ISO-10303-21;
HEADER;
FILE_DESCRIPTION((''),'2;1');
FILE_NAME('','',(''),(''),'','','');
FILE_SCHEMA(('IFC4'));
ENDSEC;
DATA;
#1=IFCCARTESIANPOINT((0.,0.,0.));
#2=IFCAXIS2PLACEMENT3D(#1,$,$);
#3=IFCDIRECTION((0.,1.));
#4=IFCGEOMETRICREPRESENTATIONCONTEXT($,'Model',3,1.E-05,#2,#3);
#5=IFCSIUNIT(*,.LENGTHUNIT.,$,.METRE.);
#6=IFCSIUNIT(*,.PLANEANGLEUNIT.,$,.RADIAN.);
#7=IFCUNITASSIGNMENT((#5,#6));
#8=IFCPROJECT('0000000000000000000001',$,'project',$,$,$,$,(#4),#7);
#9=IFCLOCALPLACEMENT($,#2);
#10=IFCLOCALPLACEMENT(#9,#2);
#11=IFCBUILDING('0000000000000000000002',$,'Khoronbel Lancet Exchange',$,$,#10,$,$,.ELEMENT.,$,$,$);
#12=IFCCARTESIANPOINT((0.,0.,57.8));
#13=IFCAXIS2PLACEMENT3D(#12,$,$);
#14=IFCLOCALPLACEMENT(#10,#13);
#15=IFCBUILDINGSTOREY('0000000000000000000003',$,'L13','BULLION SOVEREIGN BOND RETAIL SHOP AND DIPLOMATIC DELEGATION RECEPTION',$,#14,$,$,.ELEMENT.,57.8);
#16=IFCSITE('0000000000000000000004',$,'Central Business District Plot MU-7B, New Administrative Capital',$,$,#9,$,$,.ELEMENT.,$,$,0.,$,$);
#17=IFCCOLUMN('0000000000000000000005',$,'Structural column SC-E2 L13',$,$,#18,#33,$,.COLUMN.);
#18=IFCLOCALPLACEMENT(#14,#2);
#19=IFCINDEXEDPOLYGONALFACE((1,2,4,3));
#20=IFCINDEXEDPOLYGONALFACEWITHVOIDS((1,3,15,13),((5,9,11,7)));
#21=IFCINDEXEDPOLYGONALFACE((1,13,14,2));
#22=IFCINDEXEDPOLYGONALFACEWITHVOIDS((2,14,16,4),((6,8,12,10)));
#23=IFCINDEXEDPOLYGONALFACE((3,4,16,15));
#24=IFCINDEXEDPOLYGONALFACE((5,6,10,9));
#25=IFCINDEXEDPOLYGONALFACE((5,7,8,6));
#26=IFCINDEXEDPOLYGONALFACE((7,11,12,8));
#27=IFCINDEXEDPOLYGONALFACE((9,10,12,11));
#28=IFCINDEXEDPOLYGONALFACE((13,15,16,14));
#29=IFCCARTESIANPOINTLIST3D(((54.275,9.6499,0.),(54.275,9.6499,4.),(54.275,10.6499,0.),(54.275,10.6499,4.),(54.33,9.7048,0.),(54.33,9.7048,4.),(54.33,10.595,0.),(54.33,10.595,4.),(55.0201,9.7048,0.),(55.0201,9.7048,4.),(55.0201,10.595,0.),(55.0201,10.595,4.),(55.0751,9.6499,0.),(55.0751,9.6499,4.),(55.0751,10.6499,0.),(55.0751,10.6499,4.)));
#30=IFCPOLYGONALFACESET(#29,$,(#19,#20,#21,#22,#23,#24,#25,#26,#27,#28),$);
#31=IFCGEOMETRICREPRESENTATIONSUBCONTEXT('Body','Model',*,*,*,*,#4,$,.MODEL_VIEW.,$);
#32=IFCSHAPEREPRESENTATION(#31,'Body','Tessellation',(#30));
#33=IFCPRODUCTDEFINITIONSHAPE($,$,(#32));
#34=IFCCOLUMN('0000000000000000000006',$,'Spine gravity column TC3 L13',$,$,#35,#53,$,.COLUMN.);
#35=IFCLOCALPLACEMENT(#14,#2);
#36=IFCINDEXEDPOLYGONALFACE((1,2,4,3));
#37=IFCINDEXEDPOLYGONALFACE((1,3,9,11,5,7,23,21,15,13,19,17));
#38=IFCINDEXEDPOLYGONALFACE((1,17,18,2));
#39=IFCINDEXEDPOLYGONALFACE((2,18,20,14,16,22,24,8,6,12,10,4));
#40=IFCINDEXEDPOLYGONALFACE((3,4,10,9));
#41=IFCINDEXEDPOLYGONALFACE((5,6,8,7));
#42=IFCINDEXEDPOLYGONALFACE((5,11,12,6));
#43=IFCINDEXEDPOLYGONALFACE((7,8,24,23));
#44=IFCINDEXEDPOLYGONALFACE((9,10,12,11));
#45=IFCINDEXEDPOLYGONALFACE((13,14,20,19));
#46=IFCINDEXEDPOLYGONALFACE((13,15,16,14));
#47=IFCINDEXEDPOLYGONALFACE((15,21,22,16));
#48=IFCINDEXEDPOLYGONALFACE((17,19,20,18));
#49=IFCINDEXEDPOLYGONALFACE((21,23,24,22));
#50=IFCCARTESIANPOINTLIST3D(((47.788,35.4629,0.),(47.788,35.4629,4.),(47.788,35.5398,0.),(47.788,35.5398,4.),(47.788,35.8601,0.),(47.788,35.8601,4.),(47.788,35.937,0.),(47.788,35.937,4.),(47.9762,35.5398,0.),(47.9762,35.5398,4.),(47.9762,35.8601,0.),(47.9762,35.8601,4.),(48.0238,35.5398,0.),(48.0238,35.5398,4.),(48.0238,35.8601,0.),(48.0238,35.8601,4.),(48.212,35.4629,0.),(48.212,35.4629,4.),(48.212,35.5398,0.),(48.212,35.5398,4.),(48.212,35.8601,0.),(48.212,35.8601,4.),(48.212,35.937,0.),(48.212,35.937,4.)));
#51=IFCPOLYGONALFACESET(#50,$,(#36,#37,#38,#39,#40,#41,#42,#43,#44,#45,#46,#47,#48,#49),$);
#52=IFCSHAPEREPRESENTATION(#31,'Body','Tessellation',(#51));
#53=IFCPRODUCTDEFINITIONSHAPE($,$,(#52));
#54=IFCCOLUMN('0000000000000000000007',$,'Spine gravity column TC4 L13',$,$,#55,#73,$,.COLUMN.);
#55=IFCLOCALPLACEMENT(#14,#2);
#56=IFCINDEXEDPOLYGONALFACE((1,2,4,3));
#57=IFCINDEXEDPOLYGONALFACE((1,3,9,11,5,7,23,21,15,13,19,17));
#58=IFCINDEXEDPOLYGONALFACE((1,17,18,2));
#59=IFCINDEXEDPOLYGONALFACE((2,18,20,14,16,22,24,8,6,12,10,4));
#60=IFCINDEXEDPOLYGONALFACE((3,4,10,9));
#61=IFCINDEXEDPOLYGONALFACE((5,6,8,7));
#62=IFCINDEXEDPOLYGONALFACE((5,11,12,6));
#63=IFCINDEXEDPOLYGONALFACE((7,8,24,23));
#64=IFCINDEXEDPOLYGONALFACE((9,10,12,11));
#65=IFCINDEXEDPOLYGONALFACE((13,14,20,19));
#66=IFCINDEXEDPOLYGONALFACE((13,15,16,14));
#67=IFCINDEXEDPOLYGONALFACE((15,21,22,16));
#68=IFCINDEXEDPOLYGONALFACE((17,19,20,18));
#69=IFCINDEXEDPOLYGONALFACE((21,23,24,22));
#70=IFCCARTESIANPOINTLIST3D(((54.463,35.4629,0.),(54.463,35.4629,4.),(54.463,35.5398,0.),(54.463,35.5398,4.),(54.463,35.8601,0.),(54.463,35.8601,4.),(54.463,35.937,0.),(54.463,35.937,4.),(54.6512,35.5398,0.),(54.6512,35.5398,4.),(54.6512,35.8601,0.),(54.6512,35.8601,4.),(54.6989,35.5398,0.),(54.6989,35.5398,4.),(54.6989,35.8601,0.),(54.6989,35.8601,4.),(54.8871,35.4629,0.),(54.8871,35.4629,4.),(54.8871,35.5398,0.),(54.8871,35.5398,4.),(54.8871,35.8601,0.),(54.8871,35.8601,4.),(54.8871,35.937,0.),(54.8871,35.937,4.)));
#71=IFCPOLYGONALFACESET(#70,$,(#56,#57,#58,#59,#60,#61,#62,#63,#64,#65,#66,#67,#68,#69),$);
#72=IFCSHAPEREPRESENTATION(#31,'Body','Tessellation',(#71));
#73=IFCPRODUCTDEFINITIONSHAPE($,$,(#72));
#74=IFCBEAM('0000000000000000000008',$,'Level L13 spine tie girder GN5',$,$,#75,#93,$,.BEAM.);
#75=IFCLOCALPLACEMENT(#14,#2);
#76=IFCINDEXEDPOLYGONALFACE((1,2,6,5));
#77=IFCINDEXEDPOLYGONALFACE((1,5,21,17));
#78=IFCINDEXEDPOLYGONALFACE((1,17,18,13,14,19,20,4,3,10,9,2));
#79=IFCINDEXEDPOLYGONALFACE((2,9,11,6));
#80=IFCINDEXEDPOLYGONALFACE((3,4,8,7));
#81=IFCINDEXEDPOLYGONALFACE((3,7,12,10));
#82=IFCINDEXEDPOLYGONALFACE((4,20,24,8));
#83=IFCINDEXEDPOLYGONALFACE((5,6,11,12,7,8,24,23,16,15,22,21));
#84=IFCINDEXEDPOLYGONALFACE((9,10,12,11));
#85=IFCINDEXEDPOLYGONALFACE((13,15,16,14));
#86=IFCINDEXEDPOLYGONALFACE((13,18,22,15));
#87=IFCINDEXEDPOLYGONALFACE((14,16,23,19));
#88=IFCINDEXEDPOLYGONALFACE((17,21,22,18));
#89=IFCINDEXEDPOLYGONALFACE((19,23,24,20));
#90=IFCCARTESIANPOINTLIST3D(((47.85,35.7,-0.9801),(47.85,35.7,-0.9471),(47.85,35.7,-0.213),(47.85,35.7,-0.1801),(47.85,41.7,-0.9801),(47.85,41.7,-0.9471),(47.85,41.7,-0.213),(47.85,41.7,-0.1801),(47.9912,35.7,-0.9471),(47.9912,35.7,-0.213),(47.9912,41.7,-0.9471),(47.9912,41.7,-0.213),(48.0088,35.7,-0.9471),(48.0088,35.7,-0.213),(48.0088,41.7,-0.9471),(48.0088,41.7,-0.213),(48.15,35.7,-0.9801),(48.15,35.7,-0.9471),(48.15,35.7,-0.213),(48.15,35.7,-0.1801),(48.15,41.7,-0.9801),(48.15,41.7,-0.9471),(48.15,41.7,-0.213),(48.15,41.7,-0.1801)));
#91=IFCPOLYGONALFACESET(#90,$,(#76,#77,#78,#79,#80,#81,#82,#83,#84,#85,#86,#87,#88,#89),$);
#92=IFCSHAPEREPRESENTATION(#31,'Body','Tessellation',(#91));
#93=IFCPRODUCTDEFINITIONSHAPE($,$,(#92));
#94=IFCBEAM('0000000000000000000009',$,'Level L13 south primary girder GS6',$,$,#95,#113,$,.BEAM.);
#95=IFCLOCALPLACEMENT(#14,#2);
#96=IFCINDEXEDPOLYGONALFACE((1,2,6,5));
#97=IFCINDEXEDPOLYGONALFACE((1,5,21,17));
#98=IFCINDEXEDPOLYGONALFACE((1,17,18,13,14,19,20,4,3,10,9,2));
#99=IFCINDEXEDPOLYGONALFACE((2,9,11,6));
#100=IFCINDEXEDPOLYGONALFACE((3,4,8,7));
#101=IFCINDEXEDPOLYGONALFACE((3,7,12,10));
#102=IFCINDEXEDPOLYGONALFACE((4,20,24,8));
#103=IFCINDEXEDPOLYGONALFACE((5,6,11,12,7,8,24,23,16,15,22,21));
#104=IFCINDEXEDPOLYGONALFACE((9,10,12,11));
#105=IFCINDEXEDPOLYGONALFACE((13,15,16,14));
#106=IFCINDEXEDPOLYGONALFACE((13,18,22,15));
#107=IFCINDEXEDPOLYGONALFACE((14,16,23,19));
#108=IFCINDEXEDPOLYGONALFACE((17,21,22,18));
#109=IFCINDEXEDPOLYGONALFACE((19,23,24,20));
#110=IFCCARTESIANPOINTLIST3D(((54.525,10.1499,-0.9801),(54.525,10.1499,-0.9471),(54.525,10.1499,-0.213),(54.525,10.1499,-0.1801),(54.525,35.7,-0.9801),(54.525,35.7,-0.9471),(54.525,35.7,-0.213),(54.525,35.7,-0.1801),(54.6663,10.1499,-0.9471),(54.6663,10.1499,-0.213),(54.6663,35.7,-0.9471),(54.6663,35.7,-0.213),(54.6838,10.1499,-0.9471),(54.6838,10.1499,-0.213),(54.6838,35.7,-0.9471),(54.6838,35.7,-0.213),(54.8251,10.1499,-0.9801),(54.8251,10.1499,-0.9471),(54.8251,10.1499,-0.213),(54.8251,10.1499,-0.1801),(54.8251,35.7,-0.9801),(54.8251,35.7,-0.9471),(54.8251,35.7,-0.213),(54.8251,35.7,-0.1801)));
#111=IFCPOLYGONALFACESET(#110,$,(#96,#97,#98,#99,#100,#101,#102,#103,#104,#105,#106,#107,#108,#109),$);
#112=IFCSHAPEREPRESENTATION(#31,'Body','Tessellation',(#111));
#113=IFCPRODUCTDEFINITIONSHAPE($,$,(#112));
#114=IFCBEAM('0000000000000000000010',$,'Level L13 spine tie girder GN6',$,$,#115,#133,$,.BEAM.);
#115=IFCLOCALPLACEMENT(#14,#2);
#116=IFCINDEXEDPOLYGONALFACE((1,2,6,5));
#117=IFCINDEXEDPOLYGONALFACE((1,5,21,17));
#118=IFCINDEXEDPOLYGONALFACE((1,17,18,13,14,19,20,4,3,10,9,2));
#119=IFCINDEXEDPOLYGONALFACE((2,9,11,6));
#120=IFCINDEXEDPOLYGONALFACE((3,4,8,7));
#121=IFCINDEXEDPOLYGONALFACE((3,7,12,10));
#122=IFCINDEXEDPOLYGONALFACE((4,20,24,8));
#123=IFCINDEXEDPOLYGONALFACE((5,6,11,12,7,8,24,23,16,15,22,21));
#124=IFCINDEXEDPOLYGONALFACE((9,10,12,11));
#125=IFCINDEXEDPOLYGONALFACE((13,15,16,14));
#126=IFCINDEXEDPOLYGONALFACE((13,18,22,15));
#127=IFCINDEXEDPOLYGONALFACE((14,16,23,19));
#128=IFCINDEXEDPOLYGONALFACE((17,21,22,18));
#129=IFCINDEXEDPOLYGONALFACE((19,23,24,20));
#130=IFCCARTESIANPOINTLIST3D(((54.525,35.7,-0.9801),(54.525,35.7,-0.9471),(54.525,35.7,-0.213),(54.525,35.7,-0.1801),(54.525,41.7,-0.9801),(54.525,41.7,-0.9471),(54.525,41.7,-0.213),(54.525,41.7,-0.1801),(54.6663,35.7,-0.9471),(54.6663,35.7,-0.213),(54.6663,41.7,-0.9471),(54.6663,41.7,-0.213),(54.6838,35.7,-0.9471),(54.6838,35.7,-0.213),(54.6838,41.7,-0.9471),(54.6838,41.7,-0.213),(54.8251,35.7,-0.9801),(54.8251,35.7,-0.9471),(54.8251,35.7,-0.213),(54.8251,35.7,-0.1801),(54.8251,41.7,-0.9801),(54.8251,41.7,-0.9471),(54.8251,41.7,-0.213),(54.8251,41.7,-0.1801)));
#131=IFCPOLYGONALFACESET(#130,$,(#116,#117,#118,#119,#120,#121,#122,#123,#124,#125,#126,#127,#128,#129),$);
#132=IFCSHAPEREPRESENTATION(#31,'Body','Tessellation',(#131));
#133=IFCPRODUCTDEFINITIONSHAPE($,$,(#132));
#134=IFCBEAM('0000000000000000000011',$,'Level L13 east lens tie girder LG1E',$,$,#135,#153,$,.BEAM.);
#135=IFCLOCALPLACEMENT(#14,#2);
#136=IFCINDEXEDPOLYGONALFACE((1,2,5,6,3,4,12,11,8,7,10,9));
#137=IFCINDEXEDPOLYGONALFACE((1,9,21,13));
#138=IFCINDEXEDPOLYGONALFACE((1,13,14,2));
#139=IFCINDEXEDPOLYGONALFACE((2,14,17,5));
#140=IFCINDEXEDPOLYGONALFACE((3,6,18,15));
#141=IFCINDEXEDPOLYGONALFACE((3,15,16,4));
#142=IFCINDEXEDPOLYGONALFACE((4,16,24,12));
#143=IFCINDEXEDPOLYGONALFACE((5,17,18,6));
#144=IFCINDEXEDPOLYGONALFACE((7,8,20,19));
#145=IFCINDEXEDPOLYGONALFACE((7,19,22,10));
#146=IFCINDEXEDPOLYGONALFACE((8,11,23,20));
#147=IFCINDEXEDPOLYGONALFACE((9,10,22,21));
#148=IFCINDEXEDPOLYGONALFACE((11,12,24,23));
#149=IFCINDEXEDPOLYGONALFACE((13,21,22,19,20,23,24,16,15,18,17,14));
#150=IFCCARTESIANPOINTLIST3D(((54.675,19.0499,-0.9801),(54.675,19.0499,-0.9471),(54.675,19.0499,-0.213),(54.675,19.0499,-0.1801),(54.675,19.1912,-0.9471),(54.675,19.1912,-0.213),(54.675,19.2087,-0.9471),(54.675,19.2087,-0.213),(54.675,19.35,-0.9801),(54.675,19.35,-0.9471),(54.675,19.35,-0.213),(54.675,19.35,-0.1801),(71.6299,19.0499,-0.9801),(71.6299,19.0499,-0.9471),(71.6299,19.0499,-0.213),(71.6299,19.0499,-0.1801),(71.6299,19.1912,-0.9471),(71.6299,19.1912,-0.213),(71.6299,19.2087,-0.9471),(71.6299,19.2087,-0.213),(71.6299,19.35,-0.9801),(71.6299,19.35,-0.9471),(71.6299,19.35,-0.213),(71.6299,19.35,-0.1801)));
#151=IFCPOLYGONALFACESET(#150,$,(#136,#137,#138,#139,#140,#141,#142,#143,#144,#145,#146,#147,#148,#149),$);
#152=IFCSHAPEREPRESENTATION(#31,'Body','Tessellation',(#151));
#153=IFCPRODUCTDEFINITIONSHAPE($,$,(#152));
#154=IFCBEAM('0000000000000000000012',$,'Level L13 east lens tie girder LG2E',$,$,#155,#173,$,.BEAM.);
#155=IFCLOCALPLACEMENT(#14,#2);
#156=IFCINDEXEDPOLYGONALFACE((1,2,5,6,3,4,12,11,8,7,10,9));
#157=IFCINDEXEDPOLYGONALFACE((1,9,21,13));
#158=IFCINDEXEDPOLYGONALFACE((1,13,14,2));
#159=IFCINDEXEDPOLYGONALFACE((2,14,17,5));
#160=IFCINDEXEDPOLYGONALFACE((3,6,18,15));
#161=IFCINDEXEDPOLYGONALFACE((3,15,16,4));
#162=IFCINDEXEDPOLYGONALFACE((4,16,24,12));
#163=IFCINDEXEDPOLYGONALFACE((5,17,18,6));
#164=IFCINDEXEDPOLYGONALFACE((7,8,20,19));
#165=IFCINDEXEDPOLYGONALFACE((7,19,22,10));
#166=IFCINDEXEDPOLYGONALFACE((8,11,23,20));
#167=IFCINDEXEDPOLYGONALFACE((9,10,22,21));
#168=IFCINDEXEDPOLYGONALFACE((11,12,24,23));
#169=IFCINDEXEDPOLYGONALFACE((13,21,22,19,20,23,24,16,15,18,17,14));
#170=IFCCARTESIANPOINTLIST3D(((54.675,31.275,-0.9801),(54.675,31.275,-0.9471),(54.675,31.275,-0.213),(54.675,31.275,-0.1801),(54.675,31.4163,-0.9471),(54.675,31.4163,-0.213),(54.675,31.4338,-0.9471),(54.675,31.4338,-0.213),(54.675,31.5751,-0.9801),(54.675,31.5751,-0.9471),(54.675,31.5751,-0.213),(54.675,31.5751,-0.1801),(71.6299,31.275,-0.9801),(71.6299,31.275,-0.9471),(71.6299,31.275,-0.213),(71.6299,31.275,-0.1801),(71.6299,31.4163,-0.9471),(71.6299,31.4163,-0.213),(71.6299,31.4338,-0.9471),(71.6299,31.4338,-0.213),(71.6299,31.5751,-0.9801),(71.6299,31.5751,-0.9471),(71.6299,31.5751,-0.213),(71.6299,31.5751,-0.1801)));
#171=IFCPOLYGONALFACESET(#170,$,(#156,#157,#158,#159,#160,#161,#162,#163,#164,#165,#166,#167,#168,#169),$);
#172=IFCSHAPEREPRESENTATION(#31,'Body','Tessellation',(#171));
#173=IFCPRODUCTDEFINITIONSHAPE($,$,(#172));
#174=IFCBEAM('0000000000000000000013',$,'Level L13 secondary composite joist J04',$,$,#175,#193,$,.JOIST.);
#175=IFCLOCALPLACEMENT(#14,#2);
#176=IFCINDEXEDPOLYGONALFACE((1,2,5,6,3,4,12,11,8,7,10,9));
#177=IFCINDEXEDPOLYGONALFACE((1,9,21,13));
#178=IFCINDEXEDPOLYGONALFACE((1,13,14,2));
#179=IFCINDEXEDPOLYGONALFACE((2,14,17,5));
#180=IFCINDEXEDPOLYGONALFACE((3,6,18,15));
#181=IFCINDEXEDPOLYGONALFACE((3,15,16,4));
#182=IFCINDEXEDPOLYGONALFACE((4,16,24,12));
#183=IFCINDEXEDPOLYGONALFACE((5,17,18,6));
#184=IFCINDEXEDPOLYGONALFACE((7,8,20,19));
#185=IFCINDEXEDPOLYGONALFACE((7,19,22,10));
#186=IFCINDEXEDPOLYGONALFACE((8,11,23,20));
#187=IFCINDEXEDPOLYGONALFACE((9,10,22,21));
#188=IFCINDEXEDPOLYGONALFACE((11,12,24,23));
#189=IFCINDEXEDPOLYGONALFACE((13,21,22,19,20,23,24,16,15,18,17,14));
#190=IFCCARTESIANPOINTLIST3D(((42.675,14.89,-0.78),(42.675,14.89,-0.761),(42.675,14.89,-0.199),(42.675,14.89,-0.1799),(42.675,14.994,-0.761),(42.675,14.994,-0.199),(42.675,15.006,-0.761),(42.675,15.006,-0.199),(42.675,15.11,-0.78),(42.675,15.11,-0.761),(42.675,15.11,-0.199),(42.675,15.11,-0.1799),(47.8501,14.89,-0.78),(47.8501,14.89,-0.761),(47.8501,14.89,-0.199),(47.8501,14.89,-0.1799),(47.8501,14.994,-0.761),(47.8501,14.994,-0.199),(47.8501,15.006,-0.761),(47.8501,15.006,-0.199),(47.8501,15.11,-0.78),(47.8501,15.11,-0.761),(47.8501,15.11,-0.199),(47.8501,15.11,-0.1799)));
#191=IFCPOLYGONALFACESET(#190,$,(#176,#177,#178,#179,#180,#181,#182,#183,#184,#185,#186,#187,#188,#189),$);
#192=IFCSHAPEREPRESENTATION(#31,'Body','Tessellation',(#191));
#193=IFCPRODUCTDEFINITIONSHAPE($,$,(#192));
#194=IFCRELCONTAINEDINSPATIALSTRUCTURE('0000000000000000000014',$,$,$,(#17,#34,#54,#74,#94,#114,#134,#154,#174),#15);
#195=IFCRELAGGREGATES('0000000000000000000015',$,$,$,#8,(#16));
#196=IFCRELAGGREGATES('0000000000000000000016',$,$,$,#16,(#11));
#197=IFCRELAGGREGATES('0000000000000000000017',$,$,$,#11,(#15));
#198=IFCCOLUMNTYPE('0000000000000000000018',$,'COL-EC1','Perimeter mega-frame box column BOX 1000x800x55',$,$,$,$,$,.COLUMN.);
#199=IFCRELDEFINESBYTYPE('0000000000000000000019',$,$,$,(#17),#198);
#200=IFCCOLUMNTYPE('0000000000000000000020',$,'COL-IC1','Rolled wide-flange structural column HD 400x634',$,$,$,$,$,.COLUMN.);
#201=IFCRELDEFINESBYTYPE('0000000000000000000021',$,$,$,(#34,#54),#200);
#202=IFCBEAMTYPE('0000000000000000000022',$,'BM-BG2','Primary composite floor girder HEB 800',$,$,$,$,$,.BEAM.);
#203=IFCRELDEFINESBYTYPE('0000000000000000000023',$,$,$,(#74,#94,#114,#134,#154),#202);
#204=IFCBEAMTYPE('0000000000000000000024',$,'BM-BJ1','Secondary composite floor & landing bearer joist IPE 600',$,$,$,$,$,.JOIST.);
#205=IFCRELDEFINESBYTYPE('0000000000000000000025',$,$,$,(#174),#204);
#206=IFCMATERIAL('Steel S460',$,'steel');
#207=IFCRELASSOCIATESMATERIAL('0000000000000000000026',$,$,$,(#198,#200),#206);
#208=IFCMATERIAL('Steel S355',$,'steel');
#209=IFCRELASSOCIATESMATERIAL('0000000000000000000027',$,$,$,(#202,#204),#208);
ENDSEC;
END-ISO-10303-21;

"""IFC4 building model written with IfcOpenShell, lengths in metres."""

from ifc_helpers import new_model, si_unit, direction, frame, origin, origin_2d, place, context, subcontext, project, spatial, hollow_rectangle, i_section, extrude, material, material_profile, profile_set, type_object, element, save


model = new_model("IFC4")

# Units and contexts
model_context = context("Model", 3, precision=1e-05, world=origin(), true_north=direction((0.0, 1.0)))
body_context = subcontext(model_context, "Body", "Model", "MODEL_VIEW")
ifc_project = project(units=[si_unit("LENGTHUNIT", "METRE"), si_unit("PLANEANGLEUNIT", "RADIAN")], contexts=[model_context])

# Site, building, storey
site_placement = place(None, origin())
site = spatial("IfcSite", under=ifc_project, at=site_placement, Name="Central Business District Plot MU-7B, New Administrative Capital", CompositionType="ELEMENT", RefElevation=0.0)
building_placement = place(site_placement, origin())
building = spatial("IfcBuilding", under=site, at=building_placement, Name="Khoronbel Lancet Exchange", CompositionType="ELEMENT")
storey_placement = place(building_placement, frame((0.0, 0.0, 57.8)))
storey = spatial("IfcBuildingStorey", under=building, at=storey_placement, Name="L13", Description="BULLION SOVEREIGN BOND RETAIL SHOP AND DIPLOMATIC DELEGATION RECEPTION", CompositionType="ELEMENT", Elevation=57.8)

# Columns
ifc_material_1 = material(Name="Steel S460", Category="steel")
ifc_material_profile_1 = material_profile(ifc_material_1, hollow_rectangle(XDim=0.8, YDim=1.0, WallThickness=0.0549, at=origin_2d()), Name="BOX 1000x800x55")
ifc_profile_set_1 = profile_set([ifc_material_profile_1], Name="Steel S460")
column_type_1 = type_object("IfcColumnType", Name="COL-EC1", Description="Perimeter mega-frame box column BOX 1000x800x55", PredefinedType="COLUMN", material=ifc_profile_set_1)
column_placement = place(storey_placement, frame((54.675, 10.1499, 0.0), z_axis=(0.0, 0.0, 1.0), x_axis=(1.0, 0.0, 0.0)))
element("IfcColumn", 1, at=column_placement, inside=storey, type_object=column_type_1, Name="Structural column SC-E2 L13", PredefinedType="COLUMN", context=body_context, shape_type="SweptSolid", body=[
    extrude(hollow_rectangle(XDim=0.8, YDim=1.0, WallThickness=0.0549, at=origin_2d()), origin(), (0.0, 0.0, 1.0), 4.0),
])
ifc_material_profile_2 = material_profile(ifc_material_1, i_section(OverallWidth=0.4241, OverallDepth=0.4741, WebThickness=0.0476, FlangeThickness=0.0769, at=origin_2d()), Name="HD 400x634")
ifc_profile_set_2 = profile_set([ifc_material_profile_2], Name="Steel S460")
column_type_2 = type_object("IfcColumnType", Name="COL-IC1", Description="Rolled wide-flange structural column HD 400x634", PredefinedType="COLUMN", material=ifc_profile_set_2)
for number, where, z_axis, x_axis, name in (
    (2, (48.0, 35.7, 0.0), (0.0, 0.0, 1.0), (1.0, 0.0, 0.0), "Spine gravity column TC3 L13"),
    (3, (54.675, 35.7, 0.0), (0.0, 0.0, 1.0), (1.0, 0.0, 0.0), "Spine gravity column TC4 L13"),
):
    element("IfcColumn", number, at=place(storey_placement, frame(where, z_axis=z_axis, x_axis=x_axis)), inside=storey, type_object=column_type_2, Name=name, PredefinedType="COLUMN", context=body_context, shape_type="SweptSolid", body=[
        extrude(i_section(OverallWidth=0.4241, OverallDepth=0.4741, WebThickness=0.0476, FlangeThickness=0.0769, at=origin_2d()), origin(), (0.0, 0.0, 1.0), 4.0),
    ])

# Beams
ifc_material_2 = material(Name="Steel S355", Category="steel")
ifc_material_profile_3 = material_profile(ifc_material_2, i_section(OverallWidth=0.3, OverallDepth=0.8, WebThickness=0.0176, FlangeThickness=0.033, at=origin_2d()), Name="HEB 800")
ifc_profile_set_3 = profile_set([ifc_material_profile_3], Name="Steel S355")
beam_type_1 = type_object("IfcBeamType", Name="BM-BG2", Description="Primary composite floor girder HEB 800", PredefinedType="BEAM", material=ifc_profile_set_3)
beam_1_placement = place(storey_placement, frame((48.0, 35.7, -0.5801), z_axis=(0.0, 1.0, 0.0), x_axis=(-1.0, 0.0, 0.0)))
element("IfcBeam", 4, at=beam_1_placement, inside=storey, type_object=beam_type_1, Name="Level L13 spine tie girder GN5", PredefinedType="BEAM", context=body_context, shape_type="SweptSolid", body=[
    extrude(i_section(OverallWidth=0.3, OverallDepth=0.8, WebThickness=0.0176, FlangeThickness=0.033, at=origin_2d()), origin(), (0.0, 0.0, 1.0), 6.0),
])
beam_2_placement = place(storey_placement, frame((54.675, 10.1499, -0.5801), z_axis=(0.0, 1.0, 0.0), x_axis=(-1.0, 0.0, 0.0)))
element("IfcBeam", 5, at=beam_2_placement, inside=storey, type_object=beam_type_1, Name="Level L13 south primary girder GS6", PredefinedType="BEAM", context=body_context, shape_type="SweptSolid", body=[
    extrude(i_section(OverallWidth=0.3, OverallDepth=0.8, WebThickness=0.0176, FlangeThickness=0.033, at=origin_2d()), origin(), (0.0, 0.0, 1.0), 25.55),
])
beam_3_placement = place(storey_placement, frame((54.675, 35.7, -0.5801), z_axis=(0.0, 1.0, 0.0), x_axis=(-1.0, 0.0, 0.0)))
element("IfcBeam", 6, at=beam_3_placement, inside=storey, type_object=beam_type_1, Name="Level L13 spine tie girder GN6", PredefinedType="BEAM", context=body_context, shape_type="SweptSolid", body=[
    extrude(i_section(OverallWidth=0.3, OverallDepth=0.8, WebThickness=0.0176, FlangeThickness=0.033, at=origin_2d()), origin(), (0.0, 0.0, 1.0), 6.0),
])
for number, where, z_axis, x_axis, name in (
    (7, (54.675, 19.2, -0.5801), (1.0, 0.0, 0.0), (0.0, 1.0, 0.0), "Level L13 east lens tie girder LG1E"),
    (8, (54.675, 31.425, -0.5801), (1.0, 0.0, 0.0), (0.0, 1.0, 0.0), "Level L13 east lens tie girder LG2E"),
):
    element("IfcBeam", number, at=place(storey_placement, frame(where, z_axis=z_axis, x_axis=x_axis)), inside=storey, type_object=beam_type_1, Name=name, PredefinedType="BEAM", context=body_context, shape_type="SweptSolid", body=[
        extrude(i_section(OverallWidth=0.3, OverallDepth=0.8, WebThickness=0.0176, FlangeThickness=0.033, at=origin_2d()), origin(), (0.0, 0.0, 1.0), 16.9548),
    ])
ifc_material_profile_4 = material_profile(ifc_material_2, i_section(OverallWidth=0.22, OverallDepth=0.6001, WebThickness=0.012, FlangeThickness=0.019, at=origin_2d()), Name="IPE 600")
ifc_profile_set_4 = profile_set([ifc_material_profile_4], Name="Steel S355")
beam_type_2 = type_object("IfcBeamType", Name="BM-BJ1", Description="Secondary composite floor & landing bearer joist IPE 600", PredefinedType="JOIST", material=ifc_profile_set_4)
beam_4_placement = place(storey_placement, frame((42.675, 15.0, -0.48), z_axis=(1.0, 0.0, 0.0), x_axis=(0.0, 1.0, 0.0)))
element("IfcBeam", 9, at=beam_4_placement, inside=storey, type_object=beam_type_2, Name="Level L13 secondary composite joist J04", PredefinedType="JOIST", context=body_context, shape_type="SweptSolid", body=[
    extrude(i_section(OverallWidth=0.22, OverallDepth=0.6001, WebThickness=0.012, FlangeThickness=0.019, at=origin_2d()), origin(), (0.0, 0.0, 1.0), 5.175),
])

save(model, "model.ifc")
